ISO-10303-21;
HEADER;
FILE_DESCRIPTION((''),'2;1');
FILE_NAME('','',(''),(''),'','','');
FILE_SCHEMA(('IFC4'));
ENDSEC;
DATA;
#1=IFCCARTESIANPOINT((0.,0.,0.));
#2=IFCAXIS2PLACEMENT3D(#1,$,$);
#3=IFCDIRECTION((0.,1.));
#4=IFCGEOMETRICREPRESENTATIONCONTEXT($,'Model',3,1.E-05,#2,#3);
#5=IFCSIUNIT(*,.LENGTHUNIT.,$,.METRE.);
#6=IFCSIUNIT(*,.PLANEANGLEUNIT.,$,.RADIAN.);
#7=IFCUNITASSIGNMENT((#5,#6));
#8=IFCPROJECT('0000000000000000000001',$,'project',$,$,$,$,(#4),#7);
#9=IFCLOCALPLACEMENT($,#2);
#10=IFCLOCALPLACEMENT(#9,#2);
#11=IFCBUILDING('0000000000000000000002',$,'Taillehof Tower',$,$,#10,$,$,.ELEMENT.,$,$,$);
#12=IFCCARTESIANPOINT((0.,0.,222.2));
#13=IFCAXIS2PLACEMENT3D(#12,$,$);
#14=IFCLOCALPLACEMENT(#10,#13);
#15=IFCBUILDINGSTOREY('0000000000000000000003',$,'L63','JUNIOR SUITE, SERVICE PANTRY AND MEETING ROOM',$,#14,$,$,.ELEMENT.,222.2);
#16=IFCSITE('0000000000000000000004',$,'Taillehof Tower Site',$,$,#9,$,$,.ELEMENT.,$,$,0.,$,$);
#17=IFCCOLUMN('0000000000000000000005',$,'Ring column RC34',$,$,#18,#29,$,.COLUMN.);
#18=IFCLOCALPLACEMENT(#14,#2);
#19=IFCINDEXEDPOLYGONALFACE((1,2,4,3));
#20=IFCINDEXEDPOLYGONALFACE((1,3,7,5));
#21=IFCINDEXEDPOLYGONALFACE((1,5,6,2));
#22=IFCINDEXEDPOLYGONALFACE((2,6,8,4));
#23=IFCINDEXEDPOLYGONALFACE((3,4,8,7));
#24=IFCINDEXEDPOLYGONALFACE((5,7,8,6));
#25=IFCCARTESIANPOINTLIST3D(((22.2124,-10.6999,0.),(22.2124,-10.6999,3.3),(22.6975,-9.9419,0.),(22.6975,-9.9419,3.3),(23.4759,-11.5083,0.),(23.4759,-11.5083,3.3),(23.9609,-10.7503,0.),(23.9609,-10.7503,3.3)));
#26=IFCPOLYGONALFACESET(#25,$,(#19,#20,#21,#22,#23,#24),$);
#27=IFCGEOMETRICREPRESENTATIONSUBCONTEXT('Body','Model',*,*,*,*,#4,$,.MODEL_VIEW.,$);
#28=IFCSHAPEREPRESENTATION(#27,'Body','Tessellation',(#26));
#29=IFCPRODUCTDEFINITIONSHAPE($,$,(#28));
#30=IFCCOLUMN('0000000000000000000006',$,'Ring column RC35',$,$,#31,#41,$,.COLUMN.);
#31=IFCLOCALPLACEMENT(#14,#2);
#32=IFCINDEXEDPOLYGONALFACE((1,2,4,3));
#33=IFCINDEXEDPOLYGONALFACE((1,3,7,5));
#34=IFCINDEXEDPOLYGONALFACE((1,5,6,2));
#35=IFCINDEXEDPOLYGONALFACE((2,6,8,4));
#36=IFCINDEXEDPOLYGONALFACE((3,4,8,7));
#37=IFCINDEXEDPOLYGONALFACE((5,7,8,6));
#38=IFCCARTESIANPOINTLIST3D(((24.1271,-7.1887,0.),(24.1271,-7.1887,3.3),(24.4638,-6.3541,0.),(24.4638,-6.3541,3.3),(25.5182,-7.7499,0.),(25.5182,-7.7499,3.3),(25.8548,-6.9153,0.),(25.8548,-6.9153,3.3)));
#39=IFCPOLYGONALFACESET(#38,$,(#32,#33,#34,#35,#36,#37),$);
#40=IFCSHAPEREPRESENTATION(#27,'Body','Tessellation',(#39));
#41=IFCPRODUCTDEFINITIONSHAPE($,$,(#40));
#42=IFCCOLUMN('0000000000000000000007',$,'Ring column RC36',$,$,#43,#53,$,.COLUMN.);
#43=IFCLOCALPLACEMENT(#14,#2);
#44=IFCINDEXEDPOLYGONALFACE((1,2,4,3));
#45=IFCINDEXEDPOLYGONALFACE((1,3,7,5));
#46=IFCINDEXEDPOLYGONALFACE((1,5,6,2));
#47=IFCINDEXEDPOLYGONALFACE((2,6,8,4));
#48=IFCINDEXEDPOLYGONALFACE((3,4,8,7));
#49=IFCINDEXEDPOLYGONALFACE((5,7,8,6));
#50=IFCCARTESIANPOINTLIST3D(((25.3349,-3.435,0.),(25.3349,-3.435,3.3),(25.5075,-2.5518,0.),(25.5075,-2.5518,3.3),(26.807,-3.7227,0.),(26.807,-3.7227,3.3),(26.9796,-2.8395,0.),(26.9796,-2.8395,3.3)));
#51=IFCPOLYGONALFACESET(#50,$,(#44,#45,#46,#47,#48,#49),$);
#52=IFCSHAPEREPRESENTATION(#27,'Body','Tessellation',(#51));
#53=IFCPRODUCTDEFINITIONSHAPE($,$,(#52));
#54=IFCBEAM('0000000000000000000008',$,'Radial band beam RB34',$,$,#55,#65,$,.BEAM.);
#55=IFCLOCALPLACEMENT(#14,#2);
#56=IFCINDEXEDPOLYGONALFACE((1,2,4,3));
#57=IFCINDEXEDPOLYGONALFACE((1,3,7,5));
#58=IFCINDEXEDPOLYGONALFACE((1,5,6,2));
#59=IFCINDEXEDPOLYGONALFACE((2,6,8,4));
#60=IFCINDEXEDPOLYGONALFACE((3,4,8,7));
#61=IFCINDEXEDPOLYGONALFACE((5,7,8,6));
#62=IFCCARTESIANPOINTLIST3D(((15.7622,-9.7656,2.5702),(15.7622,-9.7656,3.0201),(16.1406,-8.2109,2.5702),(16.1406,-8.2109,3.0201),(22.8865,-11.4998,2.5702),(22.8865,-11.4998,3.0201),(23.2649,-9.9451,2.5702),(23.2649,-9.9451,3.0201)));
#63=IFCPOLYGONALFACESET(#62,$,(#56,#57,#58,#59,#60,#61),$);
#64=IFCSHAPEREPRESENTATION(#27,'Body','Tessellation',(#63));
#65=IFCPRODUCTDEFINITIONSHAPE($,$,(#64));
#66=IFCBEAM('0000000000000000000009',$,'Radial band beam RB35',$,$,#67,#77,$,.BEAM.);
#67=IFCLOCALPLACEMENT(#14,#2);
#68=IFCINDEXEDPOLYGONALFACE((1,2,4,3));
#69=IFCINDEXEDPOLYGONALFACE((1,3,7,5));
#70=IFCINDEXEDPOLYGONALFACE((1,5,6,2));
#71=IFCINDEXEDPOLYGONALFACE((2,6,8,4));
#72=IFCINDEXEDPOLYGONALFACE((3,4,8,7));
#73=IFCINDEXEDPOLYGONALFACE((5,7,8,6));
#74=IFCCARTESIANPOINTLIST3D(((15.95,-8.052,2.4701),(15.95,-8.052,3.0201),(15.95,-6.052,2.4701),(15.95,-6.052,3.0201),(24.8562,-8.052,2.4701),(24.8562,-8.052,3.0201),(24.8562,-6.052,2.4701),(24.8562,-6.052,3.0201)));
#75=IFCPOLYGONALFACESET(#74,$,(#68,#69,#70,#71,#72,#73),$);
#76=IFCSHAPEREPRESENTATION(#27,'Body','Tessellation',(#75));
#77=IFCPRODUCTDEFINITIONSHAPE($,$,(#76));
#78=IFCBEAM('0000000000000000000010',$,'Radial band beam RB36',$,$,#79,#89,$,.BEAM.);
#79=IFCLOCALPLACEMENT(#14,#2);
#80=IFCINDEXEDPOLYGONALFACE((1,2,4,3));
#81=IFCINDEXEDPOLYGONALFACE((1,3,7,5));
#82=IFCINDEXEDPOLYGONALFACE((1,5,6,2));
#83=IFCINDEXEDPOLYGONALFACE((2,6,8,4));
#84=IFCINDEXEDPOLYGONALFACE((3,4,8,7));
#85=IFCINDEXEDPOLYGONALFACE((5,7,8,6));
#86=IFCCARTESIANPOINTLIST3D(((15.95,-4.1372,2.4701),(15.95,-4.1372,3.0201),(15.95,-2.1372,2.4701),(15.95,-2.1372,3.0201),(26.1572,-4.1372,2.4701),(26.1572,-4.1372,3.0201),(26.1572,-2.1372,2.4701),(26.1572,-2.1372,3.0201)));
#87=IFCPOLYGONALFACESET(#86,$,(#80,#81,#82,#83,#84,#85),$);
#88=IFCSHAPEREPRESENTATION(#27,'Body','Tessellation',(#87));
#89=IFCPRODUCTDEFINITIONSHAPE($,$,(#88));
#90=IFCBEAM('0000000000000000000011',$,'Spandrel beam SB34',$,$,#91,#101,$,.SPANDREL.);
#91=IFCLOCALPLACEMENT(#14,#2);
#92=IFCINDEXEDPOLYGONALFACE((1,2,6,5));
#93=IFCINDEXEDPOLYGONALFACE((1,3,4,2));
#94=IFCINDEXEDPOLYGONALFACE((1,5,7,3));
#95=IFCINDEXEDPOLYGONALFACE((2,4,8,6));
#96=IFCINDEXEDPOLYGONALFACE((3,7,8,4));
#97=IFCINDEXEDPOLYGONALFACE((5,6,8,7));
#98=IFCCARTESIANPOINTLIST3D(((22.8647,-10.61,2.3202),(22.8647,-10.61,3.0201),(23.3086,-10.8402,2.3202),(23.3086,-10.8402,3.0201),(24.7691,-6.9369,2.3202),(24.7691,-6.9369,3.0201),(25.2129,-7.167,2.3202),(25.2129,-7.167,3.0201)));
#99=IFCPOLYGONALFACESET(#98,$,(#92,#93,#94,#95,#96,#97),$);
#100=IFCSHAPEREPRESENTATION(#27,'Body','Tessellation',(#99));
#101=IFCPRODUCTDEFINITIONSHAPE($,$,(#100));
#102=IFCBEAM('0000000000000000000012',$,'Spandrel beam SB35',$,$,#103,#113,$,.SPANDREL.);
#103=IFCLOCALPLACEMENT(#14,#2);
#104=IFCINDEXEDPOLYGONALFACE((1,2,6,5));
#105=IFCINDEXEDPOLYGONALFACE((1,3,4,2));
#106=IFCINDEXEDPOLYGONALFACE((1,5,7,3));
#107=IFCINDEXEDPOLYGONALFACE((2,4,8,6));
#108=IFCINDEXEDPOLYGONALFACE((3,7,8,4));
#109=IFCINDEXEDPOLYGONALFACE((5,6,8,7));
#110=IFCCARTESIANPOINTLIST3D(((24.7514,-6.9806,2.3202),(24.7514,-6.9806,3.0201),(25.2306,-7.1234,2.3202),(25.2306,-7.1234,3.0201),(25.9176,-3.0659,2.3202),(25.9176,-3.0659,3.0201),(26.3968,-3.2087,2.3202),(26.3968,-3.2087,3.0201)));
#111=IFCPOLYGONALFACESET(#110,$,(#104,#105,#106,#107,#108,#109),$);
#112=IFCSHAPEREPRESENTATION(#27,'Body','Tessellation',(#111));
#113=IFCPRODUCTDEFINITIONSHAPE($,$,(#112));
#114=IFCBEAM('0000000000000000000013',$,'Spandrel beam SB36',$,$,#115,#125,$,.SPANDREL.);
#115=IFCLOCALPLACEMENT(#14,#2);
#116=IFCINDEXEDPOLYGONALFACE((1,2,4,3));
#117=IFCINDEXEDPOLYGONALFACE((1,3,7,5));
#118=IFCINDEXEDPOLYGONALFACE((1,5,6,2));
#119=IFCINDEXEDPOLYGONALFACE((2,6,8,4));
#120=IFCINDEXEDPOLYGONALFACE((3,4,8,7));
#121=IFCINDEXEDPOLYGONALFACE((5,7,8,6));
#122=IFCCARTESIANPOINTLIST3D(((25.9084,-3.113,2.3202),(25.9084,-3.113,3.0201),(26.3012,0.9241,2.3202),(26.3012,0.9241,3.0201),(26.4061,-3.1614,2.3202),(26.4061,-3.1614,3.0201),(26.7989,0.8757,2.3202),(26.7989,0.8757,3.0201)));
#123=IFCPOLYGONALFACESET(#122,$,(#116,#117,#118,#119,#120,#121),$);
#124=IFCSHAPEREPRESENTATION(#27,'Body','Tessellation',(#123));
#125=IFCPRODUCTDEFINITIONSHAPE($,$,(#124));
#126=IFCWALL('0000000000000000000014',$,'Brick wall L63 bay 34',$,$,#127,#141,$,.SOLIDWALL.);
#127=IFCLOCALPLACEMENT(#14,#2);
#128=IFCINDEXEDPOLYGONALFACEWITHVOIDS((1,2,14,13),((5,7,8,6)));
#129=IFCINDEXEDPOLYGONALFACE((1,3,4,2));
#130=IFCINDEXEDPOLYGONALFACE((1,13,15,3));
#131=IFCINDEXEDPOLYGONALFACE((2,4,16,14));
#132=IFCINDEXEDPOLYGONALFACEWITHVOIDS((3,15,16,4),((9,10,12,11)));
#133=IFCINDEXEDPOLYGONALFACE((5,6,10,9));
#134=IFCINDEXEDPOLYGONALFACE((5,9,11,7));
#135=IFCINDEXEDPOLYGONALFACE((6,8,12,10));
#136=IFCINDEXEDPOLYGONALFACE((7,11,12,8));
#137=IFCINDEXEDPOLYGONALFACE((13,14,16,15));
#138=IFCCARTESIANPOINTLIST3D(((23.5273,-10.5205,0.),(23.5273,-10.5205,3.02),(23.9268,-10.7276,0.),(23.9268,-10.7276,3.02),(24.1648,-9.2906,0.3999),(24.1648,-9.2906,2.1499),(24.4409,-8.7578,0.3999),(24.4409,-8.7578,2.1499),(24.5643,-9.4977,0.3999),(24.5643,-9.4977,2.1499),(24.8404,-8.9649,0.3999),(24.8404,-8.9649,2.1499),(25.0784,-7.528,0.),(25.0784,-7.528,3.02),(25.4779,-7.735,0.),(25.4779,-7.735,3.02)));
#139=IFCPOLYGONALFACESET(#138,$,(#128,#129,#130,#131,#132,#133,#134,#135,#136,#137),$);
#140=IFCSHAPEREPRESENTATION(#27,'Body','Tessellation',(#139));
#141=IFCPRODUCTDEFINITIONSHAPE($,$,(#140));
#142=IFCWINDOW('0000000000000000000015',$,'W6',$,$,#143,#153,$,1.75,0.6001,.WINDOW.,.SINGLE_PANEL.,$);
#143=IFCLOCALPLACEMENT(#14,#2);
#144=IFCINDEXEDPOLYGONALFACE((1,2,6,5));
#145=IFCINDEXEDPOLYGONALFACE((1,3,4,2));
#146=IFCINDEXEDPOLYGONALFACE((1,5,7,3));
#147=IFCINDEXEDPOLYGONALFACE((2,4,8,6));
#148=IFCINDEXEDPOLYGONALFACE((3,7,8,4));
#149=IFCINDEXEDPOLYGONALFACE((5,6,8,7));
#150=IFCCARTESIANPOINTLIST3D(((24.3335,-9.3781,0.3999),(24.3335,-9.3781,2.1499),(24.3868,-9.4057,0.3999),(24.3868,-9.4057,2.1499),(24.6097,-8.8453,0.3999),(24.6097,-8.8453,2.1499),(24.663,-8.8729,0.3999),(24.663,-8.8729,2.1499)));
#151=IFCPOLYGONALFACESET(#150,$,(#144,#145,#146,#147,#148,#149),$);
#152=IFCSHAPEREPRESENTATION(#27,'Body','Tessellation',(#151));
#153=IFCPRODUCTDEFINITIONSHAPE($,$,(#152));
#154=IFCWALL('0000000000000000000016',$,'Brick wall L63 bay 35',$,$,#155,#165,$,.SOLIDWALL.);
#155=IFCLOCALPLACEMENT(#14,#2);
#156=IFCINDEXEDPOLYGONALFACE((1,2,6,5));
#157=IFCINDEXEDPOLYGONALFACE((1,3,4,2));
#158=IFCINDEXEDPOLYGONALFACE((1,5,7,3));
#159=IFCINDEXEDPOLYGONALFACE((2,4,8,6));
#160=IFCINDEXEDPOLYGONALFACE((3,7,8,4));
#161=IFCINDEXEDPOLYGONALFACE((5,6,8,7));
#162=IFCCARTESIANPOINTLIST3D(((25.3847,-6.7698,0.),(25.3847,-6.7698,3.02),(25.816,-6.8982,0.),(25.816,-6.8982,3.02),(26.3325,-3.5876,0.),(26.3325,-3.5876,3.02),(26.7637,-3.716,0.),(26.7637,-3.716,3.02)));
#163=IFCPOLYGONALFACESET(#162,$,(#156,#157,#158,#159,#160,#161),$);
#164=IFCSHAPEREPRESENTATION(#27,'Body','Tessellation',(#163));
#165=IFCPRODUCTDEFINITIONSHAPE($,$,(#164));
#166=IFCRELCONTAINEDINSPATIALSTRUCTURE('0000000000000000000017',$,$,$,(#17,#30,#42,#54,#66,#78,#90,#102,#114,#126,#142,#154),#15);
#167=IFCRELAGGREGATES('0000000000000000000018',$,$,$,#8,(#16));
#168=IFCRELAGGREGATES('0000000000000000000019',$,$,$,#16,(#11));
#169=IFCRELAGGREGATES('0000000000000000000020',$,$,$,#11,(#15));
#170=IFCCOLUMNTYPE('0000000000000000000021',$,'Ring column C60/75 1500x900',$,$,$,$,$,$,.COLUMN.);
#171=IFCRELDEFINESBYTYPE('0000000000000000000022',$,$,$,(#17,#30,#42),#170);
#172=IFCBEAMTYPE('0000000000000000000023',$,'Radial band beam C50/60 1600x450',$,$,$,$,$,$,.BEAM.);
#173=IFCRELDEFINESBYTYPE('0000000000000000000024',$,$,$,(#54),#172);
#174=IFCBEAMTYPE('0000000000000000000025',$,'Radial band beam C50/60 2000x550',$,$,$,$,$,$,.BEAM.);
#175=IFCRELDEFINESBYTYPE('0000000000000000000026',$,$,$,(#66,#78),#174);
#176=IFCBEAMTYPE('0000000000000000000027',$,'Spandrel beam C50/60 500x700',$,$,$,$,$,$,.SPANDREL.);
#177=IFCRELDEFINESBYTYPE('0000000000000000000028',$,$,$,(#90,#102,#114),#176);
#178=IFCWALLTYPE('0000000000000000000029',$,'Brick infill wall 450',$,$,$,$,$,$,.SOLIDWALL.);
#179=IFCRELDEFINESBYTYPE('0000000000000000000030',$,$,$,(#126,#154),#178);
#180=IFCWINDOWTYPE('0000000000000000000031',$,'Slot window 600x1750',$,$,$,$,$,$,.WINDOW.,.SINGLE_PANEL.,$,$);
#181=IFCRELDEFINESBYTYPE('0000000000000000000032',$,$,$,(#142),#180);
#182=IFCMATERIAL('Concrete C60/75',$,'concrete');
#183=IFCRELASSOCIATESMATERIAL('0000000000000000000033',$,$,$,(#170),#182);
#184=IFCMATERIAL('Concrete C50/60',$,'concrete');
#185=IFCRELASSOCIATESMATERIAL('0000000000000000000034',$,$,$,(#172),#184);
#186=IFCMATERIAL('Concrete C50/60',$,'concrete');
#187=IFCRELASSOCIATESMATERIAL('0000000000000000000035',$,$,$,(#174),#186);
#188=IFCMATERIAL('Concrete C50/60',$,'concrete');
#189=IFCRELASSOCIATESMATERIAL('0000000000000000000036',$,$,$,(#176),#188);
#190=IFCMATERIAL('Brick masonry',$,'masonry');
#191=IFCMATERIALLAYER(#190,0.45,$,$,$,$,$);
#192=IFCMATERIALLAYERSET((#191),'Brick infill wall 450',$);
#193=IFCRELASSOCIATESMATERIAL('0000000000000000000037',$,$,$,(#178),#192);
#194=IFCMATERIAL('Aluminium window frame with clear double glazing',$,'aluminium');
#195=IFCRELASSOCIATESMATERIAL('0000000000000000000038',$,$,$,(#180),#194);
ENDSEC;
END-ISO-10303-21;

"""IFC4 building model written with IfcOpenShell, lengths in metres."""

from ifc_helpers import new_model, si_unit, direction, frame, frame_2d, origin, origin_2d, place, context, subcontext, project, spatial, rectangle, extrude, material, layer, layer_set, material_profile, profile_set, type_object, element, fill, save


model = new_model("IFC4")

# Units and contexts
model_context = context("Model", 3, precision=1e-05, world=origin(), true_north=direction((0.0, 1.0)))
body_context = subcontext(model_context, "Body", "Model", "MODEL_VIEW")
ifc_project = project(units=[si_unit("LENGTHUNIT", "METRE"), si_unit("PLANEANGLEUNIT", "RADIAN")], contexts=[model_context])

# Site, building, storey
site_placement = place(None, origin())
site = spatial("IfcSite", under=ifc_project, at=site_placement, Name="Taillehof Tower Site", CompositionType="ELEMENT", RefElevation=0.0)
building_placement = place(site_placement, origin())
building = spatial("IfcBuilding", under=site, at=building_placement, Name="Taillehof Tower", CompositionType="ELEMENT")
storey_placement = place(building_placement, frame((0.0, 0.0, 222.2)))
storey = spatial("IfcBuildingStorey", under=building, at=storey_placement, Name="L63", Description="JUNIOR SUITE, SERVICE PANTRY AND MEETING ROOM", CompositionType="ELEMENT", Elevation=222.2)

# Columns
ifc_material_1 = material(Name="Concrete C60/75", Category="concrete")
ifc_material_profile_1 = material_profile(ifc_material_1, rectangle(XDim=1.5, YDim=0.8999, at=origin_2d()), Name="RC 1500x900")
ifc_profile_set_1 = profile_set([ifc_material_profile_1], Name="Concrete C60/75")
column_type = type_object("IfcColumnType", Name="Ring column C60/75 1500x900", PredefinedType="COLUMN", material=ifc_profile_set_1)
for number, where, z_axis, x_axis, name in (
    (1, (23.0867, -10.7251, 0.0), (0.0, 0.0, 1.0), (0.842311, -0.538992, 0.0), "Ring column RC34"),
    (2, (24.991, -7.052, 0.0), (0.0, 0.0, 1.0), (0.927385, -0.374108, 0.0), "Ring column RC35"),
    (3, (26.1572, -3.1372, 0.0), (0.0, 0.0, 1.0), (0.981434, -0.191801, 0.0), "Ring column RC36"),
):
    element("IfcColumn", number, at=place(storey_placement, frame(where, z_axis=z_axis, x_axis=x_axis)), inside=storey, type_object=column_type, Name=name, PredefinedType="COLUMN", context=body_context, shape_type="SweptSolid", body=[
        extrude(rectangle(XDim=1.5, YDim=0.8999, at=origin_2d()), origin(), (0.0, 0.0, 1.0), 3.3),
    ])

# Beams
ifc_material_2 = material(Name="Concrete C50/60", Category="concrete")
ifc_material_profile_2 = material_profile(ifc_material_2, rectangle(XDim=1.6001, YDim=0.45, at=origin_2d()), Name="RC 1600x450")
ifc_profile_set_2 = profile_set([ifc_material_profile_2], Name="Concrete C50/60")
beam_type_1 = type_object("IfcBeamType", Name="Radial band beam C50/60 1600x450", PredefinedType="BEAM", material=ifc_profile_set_2)
beam_1_placement = place(storey_placement, frame((23.0757, -10.7224, 2.7952), z_axis=(-0.97163, 0.236506, 0.0), x_axis=(-0.236506, -0.97163, 0.0)))
element("IfcBeam", 4, at=beam_1_placement, inside=storey, type_object=beam_type_1, Name="Radial band beam RB34", PredefinedType="BEAM", context=body_context, shape_type="SweptSolid", body=[
    extrude(rectangle(XDim=1.6001, YDim=0.45, at=origin_2d()), origin(), (0.0, 0.0, 1.0), 7.3323),
])
ifc_material_3 = material(Name="Concrete C50/60", Category="concrete")
ifc_material_profile_3 = material_profile(ifc_material_3, rectangle(XDim=2.0, YDim=0.55, at=origin_2d()), Name="RC 2000x550")
ifc_profile_set_3 = profile_set([ifc_material_profile_3], Name="Concrete C50/60")
beam_type_2 = type_object("IfcBeamType", Name="Radial band beam C50/60 2000x550", PredefinedType="BEAM", material=ifc_profile_set_3)
beam_2_placement = place(storey_placement, frame((24.8562, -7.052, 2.7451), z_axis=(-1.0, 0.0, 0.0), x_axis=(0.0, -1.0, 0.0)))
element("IfcBeam", 5, at=beam_2_placement, inside=storey, type_object=beam_type_2, Name="Radial band beam RB35", PredefinedType="BEAM", context=body_context, shape_type="SweptSolid", body=[
    extrude(rectangle(XDim=2.0, YDim=0.55, at=origin_2d()), origin(), (0.0, 0.0, 1.0), 8.9062),
])
beam_3_placement = place(storey_placement, frame((26.1572, -3.1372, 2.7451), z_axis=(-1.0, 0.0, 0.0), x_axis=(0.0, -1.0, 0.0)))
element("IfcBeam", 6, at=beam_3_placement, inside=storey, type_object=beam_type_2, Name="Radial band beam RB36", PredefinedType="BEAM", context=body_context, shape_type="SweptSolid", body=[
    extrude(rectangle(XDim=2.0, YDim=0.55, at=origin_2d()), origin(), (0.0, 0.0, 1.0), 10.2073),
])
ifc_material_4 = material(Name="Concrete C50/60", Category="concrete")
ifc_material_profile_4 = material_profile(ifc_material_4, rectangle(XDim=0.5, YDim=0.7, at=origin_2d()), Name="RC 500x700")
ifc_profile_set_4 = profile_set([ifc_material_profile_4], Name="Concrete C50/60")
beam_type_3 = type_object("IfcBeamType", Name="Spandrel beam C50/60 500x700", PredefinedType="SPANDREL", material=ifc_profile_set_4)
beam_4_placement = place(storey_placement, frame((23.0867, -10.7251, 2.6702), z_axis=(0.460265, 0.887781, 0.0), x_axis=(-0.887781, 0.460265, 0.0)))
element("IfcBeam", 7, at=beam_4_placement, inside=storey, type_object=beam_type_3, Name="Spandrel beam SB34", PredefinedType="SPANDREL", context=body_context, shape_type="SweptSolid", body=[
    extrude(rectangle(XDim=0.5, YDim=0.7, at=origin_2d()), origin(), (0.0, 0.0, 1.0), 4.1375),
])
beam_5_placement = place(storey_placement, frame((24.991, -7.052, 2.6702), z_axis=(0.28551, 0.958376, 0.0), x_axis=(-0.958376, 0.28551, 0.0)))
element("IfcBeam", 8, at=beam_5_placement, inside=storey, type_object=beam_type_3, Name="Spandrel beam SB35", PredefinedType="SPANDREL", context=body_context, shape_type="SweptSolid", body=[
    extrude(rectangle(XDim=0.5, YDim=0.7, at=origin_2d()), origin(), (0.0, 0.0, 1.0), 4.0847),
])
beam_6_placement = place(storey_placement, frame((26.1572, -3.1372, 2.6702), z_axis=(0.096845, 0.995299, 0.0), x_axis=(-0.995299, 0.096845, 0.0)))
element("IfcBeam", 9, at=beam_6_placement, inside=storey, type_object=beam_type_3, Name="Spandrel beam SB36", PredefinedType="SPANDREL", context=body_context, shape_type="SweptSolid", body=[
    extrude(rectangle(XDim=0.5, YDim=0.7, at=origin_2d()), origin(), (0.0, 0.0, 1.0), 4.0562),
])

# Wall, opening, window
ifc_material_5 = material(Name="Brick masonry", Category="masonry")
ifc_layer_1 = layer(ifc_material_5, 0.45)
ifc_layer_set_1 = layer_set([ifc_layer_1], Name="Brick infill wall 450")
wall_type_1 = type_object("IfcWallType", Name="Brick infill wall 450", PredefinedType="SOLIDWALL", material=ifc_layer_set_1)
wall_1_placement = place(storey_placement, frame((23.7271, -10.624, 0.0), z_axis=(0.0, 0.0, 1.0), x_axis=(0.460176, 0.887828, 0.0)))
wall_1 = element("IfcWall", 10, at=wall_1_placement, inside=storey, type_object=wall_type_1, Name="Brick wall L63 bay 34", PredefinedType="SOLIDWALL", context=body_context, shape_type="SweptSolid", body=[
    extrude(rectangle(XDim=3.3706, YDim=0.45, at=frame_2d((1.6853, 0.0))), origin(), (0.0, 0.0, 1.0), 3.02),
])
opening_1_placement = place(wall_1_placement, frame((1.3853, 0.0, 0.3999)))
opening_1 = element("IfcOpeningElement", 11, at=opening_1_placement, cuts=wall_1, PredefinedType="OPENING", context=body_context, shape_type="SweptSolid", body=[
    extrude(rectangle(XDim=0.6001, YDim=1.75, at=frame_2d((0.3, 0.875))), frame((0.0, 0.2349, 0.0), z_axis=(0.0, -1.0, 0.0), x_axis=(1.0, 0.0, 0.0)), (0.0, 0.0, 1.0), 0.47),
])
ifc_material_6 = material(Name="Aluminium window frame with clear double glazing", Category="aluminium")
window_type = type_object("IfcWindowType", Name="Slot window 600x1750", PartitioningType="SINGLE_PANEL", PredefinedType="WINDOW", material=ifc_material_6)
window_1_placement = place(opening_1_placement, origin())
window_1 = element("IfcWindow", 12, at=window_1_placement, inside=storey, type_object=window_type, Name="W6", OverallHeight=1.75, OverallWidth=0.6001, PartitioningType="SINGLE_PANEL", PredefinedType="WINDOW", context=body_context, shape_type="SweptSolid", body=[
    extrude(rectangle(XDim=0.6001, YDim=1.75, at=frame_2d((0.3, 0.875))), frame((0.0, 0.0349, 0.0), z_axis=(0.0, -1.0, 0.0), x_axis=(1.0, 0.0, 0.0)), (0.0, 0.0, 1.0), 0.0601),
])
fill(opening_1, window_1)

# Wall
wall_2_placement = place(storey_placement, frame((25.6003, -6.834, 0.0), z_axis=(0.0, 0.0, 1.0), x_axis=(0.285445, 0.958395, 0.0)))
element("IfcWall", 13, at=wall_2_placement, inside=storey, type_object=wall_type_1, Name="Brick wall L63 bay 35", PredefinedType="SOLIDWALL", context=body_context, shape_type="SweptSolid", body=[
    extrude(rectangle(XDim=3.3203, YDim=0.45, at=frame_2d((1.6602, 0.0))), origin(), (0.0, 0.0, 1.0), 3.02),
])

save(model, "model.ifc")
